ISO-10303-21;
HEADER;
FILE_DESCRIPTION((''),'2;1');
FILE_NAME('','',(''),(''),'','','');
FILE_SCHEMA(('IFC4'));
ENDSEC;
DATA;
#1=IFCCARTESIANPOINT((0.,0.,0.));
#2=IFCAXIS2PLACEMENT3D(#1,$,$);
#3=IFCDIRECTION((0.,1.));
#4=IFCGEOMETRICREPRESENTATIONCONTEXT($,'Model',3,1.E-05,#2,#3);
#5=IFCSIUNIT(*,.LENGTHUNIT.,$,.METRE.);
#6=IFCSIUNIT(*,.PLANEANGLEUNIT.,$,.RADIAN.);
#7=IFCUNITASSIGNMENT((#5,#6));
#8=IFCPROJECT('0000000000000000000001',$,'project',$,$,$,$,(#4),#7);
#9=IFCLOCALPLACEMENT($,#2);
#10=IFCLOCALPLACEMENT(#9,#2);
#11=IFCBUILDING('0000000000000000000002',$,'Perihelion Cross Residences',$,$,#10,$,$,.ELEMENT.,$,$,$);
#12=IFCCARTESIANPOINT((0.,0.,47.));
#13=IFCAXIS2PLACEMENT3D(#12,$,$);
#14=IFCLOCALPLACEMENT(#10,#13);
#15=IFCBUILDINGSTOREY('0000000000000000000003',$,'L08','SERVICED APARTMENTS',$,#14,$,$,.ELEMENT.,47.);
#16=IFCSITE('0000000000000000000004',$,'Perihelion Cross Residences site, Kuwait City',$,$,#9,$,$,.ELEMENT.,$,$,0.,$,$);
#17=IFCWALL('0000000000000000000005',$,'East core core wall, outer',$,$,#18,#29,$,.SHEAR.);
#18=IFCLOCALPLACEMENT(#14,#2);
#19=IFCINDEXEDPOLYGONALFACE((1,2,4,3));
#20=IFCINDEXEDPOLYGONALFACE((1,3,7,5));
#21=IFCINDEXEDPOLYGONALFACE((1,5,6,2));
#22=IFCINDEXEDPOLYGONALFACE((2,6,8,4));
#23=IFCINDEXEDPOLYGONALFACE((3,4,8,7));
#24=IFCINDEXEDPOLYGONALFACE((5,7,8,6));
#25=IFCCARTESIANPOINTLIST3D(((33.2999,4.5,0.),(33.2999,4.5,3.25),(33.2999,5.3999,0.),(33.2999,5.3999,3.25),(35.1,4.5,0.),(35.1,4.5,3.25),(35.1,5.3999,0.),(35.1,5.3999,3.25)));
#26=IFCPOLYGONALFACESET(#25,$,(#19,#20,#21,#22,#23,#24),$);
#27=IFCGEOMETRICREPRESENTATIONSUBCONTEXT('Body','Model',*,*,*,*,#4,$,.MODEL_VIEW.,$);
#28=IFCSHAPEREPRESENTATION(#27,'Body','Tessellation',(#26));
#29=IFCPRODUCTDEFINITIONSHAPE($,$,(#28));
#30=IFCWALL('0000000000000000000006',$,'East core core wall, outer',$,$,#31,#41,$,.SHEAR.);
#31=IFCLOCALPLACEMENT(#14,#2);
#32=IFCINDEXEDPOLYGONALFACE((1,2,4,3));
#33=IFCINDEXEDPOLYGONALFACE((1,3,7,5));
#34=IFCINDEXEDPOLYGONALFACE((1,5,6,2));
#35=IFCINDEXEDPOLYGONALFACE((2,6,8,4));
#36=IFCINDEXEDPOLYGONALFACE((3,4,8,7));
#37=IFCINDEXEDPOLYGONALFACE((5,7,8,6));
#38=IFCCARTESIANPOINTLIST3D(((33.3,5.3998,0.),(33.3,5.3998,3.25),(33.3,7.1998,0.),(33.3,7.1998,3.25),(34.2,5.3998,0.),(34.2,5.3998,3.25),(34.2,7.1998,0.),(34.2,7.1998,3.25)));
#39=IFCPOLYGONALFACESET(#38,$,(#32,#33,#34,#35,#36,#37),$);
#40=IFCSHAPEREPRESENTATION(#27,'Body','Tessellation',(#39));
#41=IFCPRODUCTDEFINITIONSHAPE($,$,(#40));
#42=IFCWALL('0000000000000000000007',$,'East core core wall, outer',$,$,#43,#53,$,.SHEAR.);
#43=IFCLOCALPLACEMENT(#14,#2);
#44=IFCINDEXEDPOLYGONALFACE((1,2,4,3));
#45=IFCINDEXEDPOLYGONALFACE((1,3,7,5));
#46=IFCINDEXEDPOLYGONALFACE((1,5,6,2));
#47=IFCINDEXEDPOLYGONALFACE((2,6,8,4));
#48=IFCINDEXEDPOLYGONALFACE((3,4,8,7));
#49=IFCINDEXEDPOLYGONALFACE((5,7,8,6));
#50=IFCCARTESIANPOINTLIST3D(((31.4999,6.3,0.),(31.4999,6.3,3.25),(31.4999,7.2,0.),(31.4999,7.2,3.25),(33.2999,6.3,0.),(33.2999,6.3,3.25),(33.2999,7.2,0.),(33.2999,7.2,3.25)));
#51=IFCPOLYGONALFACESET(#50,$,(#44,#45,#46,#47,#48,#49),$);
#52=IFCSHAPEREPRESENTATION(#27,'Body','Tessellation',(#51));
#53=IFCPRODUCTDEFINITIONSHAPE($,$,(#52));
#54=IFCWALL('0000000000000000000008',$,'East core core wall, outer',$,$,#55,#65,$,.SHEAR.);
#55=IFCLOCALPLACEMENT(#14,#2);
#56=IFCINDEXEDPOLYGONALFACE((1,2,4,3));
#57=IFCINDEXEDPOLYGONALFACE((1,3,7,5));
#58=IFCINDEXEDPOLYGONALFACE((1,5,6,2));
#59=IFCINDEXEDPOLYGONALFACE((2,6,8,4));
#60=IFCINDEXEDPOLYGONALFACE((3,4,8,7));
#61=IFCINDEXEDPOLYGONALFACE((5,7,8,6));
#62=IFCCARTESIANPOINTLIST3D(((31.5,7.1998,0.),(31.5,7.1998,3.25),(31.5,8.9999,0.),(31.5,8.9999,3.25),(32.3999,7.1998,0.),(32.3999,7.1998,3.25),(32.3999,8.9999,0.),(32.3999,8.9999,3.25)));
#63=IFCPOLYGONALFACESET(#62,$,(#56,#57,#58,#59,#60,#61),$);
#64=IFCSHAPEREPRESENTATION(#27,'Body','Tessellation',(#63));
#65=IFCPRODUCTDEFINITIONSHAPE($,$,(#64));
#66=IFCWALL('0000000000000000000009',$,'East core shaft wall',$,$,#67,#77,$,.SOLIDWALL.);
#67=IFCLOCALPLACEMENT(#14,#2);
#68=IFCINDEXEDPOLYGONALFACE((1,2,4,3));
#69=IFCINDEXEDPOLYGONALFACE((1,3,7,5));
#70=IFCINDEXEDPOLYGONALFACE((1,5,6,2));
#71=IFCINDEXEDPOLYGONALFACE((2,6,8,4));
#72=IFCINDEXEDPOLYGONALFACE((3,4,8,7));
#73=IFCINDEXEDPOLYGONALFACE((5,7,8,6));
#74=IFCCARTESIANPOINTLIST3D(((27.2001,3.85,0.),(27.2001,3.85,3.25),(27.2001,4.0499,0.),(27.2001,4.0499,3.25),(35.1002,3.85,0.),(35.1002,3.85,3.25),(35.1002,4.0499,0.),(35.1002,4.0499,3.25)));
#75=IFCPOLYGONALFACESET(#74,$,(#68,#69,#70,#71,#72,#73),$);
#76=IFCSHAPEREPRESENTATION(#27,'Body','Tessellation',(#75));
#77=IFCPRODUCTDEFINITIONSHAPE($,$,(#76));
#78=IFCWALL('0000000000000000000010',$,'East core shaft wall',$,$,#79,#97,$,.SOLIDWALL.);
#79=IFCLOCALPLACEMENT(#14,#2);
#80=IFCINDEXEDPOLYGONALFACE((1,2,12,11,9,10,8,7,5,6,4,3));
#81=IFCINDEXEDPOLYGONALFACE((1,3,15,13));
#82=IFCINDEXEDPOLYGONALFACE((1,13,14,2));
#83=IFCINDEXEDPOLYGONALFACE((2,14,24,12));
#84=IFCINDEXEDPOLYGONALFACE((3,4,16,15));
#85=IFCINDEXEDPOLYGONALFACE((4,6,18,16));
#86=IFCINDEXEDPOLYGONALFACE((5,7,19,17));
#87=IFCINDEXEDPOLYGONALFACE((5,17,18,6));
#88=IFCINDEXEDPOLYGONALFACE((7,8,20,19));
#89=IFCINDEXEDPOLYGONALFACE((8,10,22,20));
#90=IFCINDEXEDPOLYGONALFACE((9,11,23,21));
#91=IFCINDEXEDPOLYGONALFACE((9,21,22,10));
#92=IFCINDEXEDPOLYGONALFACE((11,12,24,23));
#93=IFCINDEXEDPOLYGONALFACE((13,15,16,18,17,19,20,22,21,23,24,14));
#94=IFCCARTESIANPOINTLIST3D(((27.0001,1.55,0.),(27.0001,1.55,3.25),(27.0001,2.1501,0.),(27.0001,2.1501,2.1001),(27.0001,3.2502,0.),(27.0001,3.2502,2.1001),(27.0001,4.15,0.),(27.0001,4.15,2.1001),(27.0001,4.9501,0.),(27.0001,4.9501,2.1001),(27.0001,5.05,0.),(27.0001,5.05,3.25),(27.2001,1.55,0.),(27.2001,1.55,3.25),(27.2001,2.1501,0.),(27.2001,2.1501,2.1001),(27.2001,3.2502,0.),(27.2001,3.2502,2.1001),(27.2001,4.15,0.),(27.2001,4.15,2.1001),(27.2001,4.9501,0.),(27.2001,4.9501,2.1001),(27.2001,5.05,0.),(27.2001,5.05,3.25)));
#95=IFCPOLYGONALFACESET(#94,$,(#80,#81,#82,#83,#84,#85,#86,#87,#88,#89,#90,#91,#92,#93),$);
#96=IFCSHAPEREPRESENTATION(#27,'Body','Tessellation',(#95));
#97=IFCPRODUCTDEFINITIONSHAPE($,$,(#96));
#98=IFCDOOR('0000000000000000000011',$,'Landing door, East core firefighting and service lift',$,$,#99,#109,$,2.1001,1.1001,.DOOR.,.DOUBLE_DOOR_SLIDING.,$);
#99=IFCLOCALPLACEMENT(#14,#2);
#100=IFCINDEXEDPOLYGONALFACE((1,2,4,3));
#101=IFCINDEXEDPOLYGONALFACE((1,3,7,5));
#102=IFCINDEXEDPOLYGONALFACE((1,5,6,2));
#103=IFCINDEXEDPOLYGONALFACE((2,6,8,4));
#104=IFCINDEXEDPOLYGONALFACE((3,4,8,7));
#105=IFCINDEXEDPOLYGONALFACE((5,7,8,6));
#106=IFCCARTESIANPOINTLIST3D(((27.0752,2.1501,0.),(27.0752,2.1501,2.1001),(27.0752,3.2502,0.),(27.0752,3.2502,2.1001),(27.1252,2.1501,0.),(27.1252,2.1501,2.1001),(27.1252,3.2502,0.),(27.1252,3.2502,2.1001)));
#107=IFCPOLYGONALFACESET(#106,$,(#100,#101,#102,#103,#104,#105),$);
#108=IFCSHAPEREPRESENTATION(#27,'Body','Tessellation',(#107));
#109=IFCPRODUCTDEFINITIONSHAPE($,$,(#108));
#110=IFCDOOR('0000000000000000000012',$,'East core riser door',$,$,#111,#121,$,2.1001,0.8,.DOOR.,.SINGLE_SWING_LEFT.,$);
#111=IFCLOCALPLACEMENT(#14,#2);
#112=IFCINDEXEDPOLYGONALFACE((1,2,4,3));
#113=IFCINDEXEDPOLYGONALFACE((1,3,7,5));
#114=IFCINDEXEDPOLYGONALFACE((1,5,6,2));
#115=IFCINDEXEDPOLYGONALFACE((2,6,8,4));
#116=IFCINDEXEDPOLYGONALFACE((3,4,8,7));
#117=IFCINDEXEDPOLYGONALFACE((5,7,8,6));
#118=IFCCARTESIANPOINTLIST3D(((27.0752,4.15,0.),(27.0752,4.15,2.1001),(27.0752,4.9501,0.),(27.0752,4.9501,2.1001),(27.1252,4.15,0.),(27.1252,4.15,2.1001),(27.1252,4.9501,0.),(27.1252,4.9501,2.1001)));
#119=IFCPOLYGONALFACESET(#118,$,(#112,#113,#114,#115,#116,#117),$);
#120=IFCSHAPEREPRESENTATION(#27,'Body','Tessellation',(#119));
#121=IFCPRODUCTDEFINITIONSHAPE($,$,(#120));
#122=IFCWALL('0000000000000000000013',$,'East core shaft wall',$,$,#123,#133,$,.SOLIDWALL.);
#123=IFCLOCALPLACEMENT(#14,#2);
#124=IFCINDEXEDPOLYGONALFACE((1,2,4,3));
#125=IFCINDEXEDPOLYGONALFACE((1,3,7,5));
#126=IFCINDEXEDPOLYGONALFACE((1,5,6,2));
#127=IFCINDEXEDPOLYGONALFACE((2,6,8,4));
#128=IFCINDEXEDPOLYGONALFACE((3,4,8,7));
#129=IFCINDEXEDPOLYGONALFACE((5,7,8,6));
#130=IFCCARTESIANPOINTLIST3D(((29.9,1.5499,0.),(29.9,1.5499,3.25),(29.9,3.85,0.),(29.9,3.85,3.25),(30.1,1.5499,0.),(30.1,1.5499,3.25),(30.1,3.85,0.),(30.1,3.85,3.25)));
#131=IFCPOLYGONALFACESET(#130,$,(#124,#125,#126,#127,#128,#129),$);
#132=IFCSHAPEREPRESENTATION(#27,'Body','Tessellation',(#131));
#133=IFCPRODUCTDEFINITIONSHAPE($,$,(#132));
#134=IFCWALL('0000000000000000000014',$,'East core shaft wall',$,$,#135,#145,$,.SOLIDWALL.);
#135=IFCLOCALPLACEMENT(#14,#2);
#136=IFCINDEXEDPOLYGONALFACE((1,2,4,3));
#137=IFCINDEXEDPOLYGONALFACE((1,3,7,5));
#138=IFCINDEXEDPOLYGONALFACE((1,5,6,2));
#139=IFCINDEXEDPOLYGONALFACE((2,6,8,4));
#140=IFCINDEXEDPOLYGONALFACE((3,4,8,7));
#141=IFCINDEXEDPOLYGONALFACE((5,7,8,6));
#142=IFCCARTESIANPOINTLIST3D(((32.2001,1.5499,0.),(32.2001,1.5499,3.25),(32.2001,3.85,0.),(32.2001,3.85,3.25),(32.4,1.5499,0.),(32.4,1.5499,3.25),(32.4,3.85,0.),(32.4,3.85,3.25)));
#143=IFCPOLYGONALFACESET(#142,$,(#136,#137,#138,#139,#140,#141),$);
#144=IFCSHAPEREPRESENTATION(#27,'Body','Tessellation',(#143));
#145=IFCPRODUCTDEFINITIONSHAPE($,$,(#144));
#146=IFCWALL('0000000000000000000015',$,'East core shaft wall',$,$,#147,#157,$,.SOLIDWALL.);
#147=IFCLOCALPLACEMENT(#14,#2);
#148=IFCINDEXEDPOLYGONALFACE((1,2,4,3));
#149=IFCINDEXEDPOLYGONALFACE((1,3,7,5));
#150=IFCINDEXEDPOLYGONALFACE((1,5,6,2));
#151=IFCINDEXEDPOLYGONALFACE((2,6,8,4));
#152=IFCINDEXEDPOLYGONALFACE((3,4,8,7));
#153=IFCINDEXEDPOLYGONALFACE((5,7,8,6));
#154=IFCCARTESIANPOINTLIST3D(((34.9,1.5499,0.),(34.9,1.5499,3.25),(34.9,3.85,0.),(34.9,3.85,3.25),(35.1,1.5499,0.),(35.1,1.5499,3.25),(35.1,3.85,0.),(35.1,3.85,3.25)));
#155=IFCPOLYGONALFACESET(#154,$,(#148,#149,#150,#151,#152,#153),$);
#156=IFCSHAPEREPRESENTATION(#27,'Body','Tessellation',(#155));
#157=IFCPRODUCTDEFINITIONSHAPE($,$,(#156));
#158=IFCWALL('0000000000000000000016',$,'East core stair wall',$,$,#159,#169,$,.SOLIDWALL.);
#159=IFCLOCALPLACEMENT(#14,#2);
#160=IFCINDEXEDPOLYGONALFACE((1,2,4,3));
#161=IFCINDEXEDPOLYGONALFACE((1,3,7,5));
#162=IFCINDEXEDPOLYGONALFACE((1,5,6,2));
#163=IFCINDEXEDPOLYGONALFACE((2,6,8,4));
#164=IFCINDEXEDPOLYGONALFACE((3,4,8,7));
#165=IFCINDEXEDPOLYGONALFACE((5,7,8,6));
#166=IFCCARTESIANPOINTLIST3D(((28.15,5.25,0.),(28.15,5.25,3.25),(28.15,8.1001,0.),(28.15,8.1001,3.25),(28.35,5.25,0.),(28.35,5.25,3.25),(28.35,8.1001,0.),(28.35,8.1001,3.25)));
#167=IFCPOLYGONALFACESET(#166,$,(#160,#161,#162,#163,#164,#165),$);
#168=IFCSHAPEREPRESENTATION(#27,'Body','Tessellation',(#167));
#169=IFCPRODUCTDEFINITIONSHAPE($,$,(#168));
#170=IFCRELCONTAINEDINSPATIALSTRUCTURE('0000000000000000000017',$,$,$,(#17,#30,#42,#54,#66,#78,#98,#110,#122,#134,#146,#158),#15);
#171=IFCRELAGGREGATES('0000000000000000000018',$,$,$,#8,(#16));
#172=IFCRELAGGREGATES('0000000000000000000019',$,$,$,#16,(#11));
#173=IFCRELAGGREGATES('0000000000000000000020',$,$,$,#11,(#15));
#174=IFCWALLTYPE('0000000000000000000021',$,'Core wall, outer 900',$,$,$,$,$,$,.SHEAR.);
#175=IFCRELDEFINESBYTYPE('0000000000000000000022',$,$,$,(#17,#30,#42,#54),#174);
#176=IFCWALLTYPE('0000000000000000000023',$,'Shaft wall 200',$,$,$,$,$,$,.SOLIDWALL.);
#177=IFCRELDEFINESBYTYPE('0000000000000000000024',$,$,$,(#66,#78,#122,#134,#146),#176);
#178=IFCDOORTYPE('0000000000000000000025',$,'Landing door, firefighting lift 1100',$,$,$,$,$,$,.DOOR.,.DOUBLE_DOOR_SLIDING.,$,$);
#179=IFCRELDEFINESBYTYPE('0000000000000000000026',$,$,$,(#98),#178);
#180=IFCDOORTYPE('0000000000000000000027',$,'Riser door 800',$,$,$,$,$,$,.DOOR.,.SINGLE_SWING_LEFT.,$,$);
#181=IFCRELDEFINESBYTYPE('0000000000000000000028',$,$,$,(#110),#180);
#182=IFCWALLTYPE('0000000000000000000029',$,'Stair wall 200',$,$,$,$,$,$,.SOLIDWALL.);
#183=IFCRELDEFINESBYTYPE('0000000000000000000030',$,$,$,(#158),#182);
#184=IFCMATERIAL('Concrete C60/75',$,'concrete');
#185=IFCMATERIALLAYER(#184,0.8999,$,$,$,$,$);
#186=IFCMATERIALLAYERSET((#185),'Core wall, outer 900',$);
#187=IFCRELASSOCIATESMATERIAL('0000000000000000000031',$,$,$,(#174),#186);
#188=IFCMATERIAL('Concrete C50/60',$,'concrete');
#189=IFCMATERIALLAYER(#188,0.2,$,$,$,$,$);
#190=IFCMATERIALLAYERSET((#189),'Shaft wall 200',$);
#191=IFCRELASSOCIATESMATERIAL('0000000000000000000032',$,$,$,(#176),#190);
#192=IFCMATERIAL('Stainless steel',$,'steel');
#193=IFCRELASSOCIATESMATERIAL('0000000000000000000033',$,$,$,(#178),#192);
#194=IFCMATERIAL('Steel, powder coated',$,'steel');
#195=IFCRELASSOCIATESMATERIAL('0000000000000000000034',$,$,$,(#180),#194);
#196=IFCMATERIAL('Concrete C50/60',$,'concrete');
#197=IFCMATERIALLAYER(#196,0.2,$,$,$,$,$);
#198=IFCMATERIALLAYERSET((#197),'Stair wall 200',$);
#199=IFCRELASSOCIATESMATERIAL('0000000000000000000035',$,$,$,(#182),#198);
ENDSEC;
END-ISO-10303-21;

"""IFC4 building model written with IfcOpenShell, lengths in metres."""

from ifc_helpers import new_model, si_unit, direction, frame, frame_2d, origin, place, context, subcontext, project, spatial, rectangle, extrude, material, layer, layer_set, type_object, element, fill, save


model = new_model("IFC4")

# Units and contexts
model_context = context("Model", 3, precision=1e-05, world=origin(), true_north=direction((0.0, 1.0)))
body_context = subcontext(model_context, "Body", "Model", "MODEL_VIEW")
ifc_project = project(units=[si_unit("LENGTHUNIT", "METRE"), si_unit("PLANEANGLEUNIT", "RADIAN")], contexts=[model_context])

# Site, building, storey
site_placement = place(None, origin())
site = spatial("IfcSite", under=ifc_project, at=site_placement, Name="Perihelion Cross Residences site, Kuwait City", CompositionType="ELEMENT", RefElevation=0.0)
building_placement = place(site_placement, origin())
building = spatial("IfcBuilding", under=site, at=building_placement, Name="Perihelion Cross Residences", CompositionType="ELEMENT")
storey_placement = place(building_placement, frame((0.0, 0.0, 47.0)))
storey = spatial("IfcBuildingStorey", under=building, at=storey_placement, Name="L08", Description="SERVICED APARTMENTS", CompositionType="ELEMENT", Elevation=47.0)

# Walls
ifc_material_1 = material(Name="Concrete C60/75", Category="concrete")
ifc_layer_1 = layer(ifc_material_1, 0.8999)
ifc_layer_set_1 = layer_set([ifc_layer_1], Name="Core wall, outer 900")
wall_type_1 = type_object("IfcWallType", Name="Core wall, outer 900", PredefinedType="SHEAR", material=ifc_layer_set_1)
for number, where, z_axis, x_axis, name in (
    (1, (33.3, 4.95, 0.0), (0.0, 0.0, 1.0), (1.0, 0.0, 0.0), "East core core wall, outer"),
    (2, (33.75, 5.3999, 0.0), (0.0, 0.0, 1.0), (0.0, 1.0, 0.0), "East core core wall, outer"),
    (3, (31.5, 6.75, 0.0), (0.0, 0.0, 1.0), (1.0, 0.0, 0.0), "East core core wall, outer"),
    (4, (31.95, 7.2, 0.0), (0.0, 0.0, 1.0), (0.0, 1.0, 0.0), "East core core wall, outer"),
):
    element("IfcWall", number, at=place(storey_placement, frame(where, z_axis=z_axis, x_axis=x_axis)), inside=storey, type_object=wall_type_1, Name=name, PredefinedType="SHEAR", context=body_context, shape_type="SweptSolid", body=[
        extrude(rectangle(XDim=1.8, YDim=0.8999, at=frame_2d((0.8999, 0.0))), origin(), (0.0, 0.0, 1.0), 3.25),
    ])
ifc_material_2 = material(Name="Concrete C50/60", Category="concrete")
ifc_layer_2 = layer(ifc_material_2, 0.2)
ifc_layer_set_2 = layer_set([ifc_layer_2], Name="Shaft wall 200")
wall_type_2 = type_object("IfcWallType", Name="Shaft wall 200", PredefinedType="SOLIDWALL", material=ifc_layer_set_2)
wall_1_placement = place(storey_placement, frame((27.2, 3.95, 0.0), z_axis=(0.0, 0.0, 1.0), x_axis=(1.0, 0.0, 0.0)))
element("IfcWall", 5, at=wall_1_placement, inside=storey, type_object=wall_type_2, Name="East core shaft wall", PredefinedType="SOLIDWALL", context=body_context, shape_type="SweptSolid", body=[
    extrude(rectangle(XDim=7.9001, YDim=0.2, at=frame_2d((3.9502, 0.0))), origin(), (0.0, 0.0, 1.0), 3.25),
])

# Wall, openings, doors
wall_2_placement = place(storey_placement, frame((27.1001, 1.55, 0.0), z_axis=(0.0, 0.0, 1.0), x_axis=(0.0, 1.0, 0.0)))
wall_2 = element("IfcWall", 6, at=wall_2_placement, inside=storey, type_object=wall_type_2, Name="East core shaft wall", PredefinedType="SOLIDWALL", context=body_context, shape_type="SweptSolid", body=[
    extrude(rectangle(XDim=3.5, YDim=0.2, at=frame_2d((1.75, 0.0))), origin(), (0.0, 0.0, 1.0), 3.25),
])
opening_1_placement = place(wall_2_placement, frame((0.6001, 0.0, 0.0)))
opening_1 = element("IfcOpeningElement", 7, at=opening_1_placement, cuts=wall_2, PredefinedType="OPENING", context=body_context, shape_type="SweptSolid", body=[
    extrude(rectangle(XDim=1.1001, YDim=2.1001, at=frame_2d((0.55, 1.05))), frame((0.0, 0.1099, 0.0), z_axis=(0.0, -1.0, 0.0), x_axis=(1.0, 0.0, 0.0)), (0.0, 0.0, 1.0), 0.22),
])
opening_2_placement = place(wall_2_placement, frame((2.6001, 0.0, 0.0)))
opening_2 = element("IfcOpeningElement", 8, at=opening_2_placement, cuts=wall_2, PredefinedType="OPENING", context=body_context, shape_type="SweptSolid", body=[
    extrude(rectangle(XDim=0.8, YDim=2.1001, at=frame_2d((0.3999, 1.05))), frame((0.0, 0.1099, 0.0), z_axis=(0.0, -1.0, 0.0), x_axis=(1.0, 0.0, 0.0)), (0.0, 0.0, 1.0), 0.22),
])
ifc_material_3 = material(Name="Stainless steel", Category="steel")
door_type_1 = type_object("IfcDoorType", Name="Landing door, firefighting lift 1100", OperationType="DOUBLE_DOOR_SLIDING", PredefinedType="DOOR", material=ifc_material_3)
door_1_placement = place(opening_1_placement, origin())
door_1 = element("IfcDoor", 9, at=door_1_placement, inside=storey, type_object=door_type_1, Name="Landing door, East core firefighting and service lift", OperationType="DOUBLE_DOOR_SLIDING", OverallHeight=2.1001, OverallWidth=1.1001, PredefinedType="DOOR", context=body_context, shape_type="SweptSolid", body=[
    extrude(rectangle(XDim=1.1001, YDim=2.1001, at=frame_2d((0.55, 1.05))), frame((0.0, 0.0249, 0.0), z_axis=(0.0, -1.0, 0.0), x_axis=(1.0, 0.0, 0.0)), (0.0, 0.0, 1.0), 0.05),
])
fill(opening_1, door_1)
ifc_material_4 = material(Name="Steel, powder coated", Category="steel")
door_type_2 = type_object("IfcDoorType", Name="Riser door 800", OperationType="SINGLE_SWING_LEFT", PredefinedType="DOOR", material=ifc_material_4)
door_2_placement = place(opening_2_placement, origin())
door_2 = element("IfcDoor", 10, at=door_2_placement, inside=storey, type_object=door_type_2, Name="East core riser door", OperationType="SINGLE_SWING_LEFT", OverallHeight=2.1001, OverallWidth=0.8, PredefinedType="DOOR", context=body_context, shape_type="SweptSolid", body=[
    extrude(rectangle(XDim=0.8, YDim=2.1001, at=frame_2d((0.3999, 1.05))), frame((0.0, 0.0249, 0.0), z_axis=(0.0, -1.0, 0.0), x_axis=(1.0, 0.0, 0.0)), (0.0, 0.0, 1.0), 0.05),
])
fill(opening_2, door_2)

# Walls
for number, where, z_axis, x_axis, name in (
    (11, (30.0, 1.55, 0.0), (0.0, 0.0, 1.0), (0.0, 1.0, 0.0), "East core shaft wall"),
    (12, (32.3, 1.55, 0.0), (0.0, 0.0, 1.0), (0.0, 1.0, 0.0), "East core shaft wall"),
    (13, (35.0, 1.55, 0.0), (0.0, 0.0, 1.0), (0.0, 1.0, 0.0), "East core shaft wall"),
):
    element("IfcWall", number, at=place(storey_placement, frame(where, z_axis=z_axis, x_axis=x_axis)), inside=storey, type_object=wall_type_2, Name=name, PredefinedType="SOLIDWALL", context=body_context, shape_type="SweptSolid", body=[
        extrude(rectangle(XDim=2.3, YDim=0.2, at=frame_2d((1.1499, 0.0))), origin(), (0.0, 0.0, 1.0), 3.25),
    ])
ifc_material_5 = material(Name="Concrete C50/60", Category="concrete")
ifc_layer_3 = layer(ifc_material_5, 0.2)
ifc_layer_set_3 = layer_set([ifc_layer_3], Name="Stair wall 200")
wall_type_3 = type_object("IfcWallType", Name="Stair wall 200", PredefinedType="SOLIDWALL", material=ifc_layer_set_3)
wall_3_placement = place(storey_placement, frame((28.25, 5.25, 0.0), z_axis=(0.0, 0.0, 1.0), x_axis=(0.0, 1.0, 0.0)))
element("IfcWall", 14, at=wall_3_placement, inside=storey, type_object=wall_type_3, Name="East core stair wall", PredefinedType="SOLIDWALL", context=body_context, shape_type="SweptSolid", body=[
    extrude(rectangle(XDim=2.8501, YDim=0.2, at=frame_2d((1.425, 0.0))), origin(), (0.0, 0.0, 1.0), 3.25),
])

save(model, "model.ifc")
